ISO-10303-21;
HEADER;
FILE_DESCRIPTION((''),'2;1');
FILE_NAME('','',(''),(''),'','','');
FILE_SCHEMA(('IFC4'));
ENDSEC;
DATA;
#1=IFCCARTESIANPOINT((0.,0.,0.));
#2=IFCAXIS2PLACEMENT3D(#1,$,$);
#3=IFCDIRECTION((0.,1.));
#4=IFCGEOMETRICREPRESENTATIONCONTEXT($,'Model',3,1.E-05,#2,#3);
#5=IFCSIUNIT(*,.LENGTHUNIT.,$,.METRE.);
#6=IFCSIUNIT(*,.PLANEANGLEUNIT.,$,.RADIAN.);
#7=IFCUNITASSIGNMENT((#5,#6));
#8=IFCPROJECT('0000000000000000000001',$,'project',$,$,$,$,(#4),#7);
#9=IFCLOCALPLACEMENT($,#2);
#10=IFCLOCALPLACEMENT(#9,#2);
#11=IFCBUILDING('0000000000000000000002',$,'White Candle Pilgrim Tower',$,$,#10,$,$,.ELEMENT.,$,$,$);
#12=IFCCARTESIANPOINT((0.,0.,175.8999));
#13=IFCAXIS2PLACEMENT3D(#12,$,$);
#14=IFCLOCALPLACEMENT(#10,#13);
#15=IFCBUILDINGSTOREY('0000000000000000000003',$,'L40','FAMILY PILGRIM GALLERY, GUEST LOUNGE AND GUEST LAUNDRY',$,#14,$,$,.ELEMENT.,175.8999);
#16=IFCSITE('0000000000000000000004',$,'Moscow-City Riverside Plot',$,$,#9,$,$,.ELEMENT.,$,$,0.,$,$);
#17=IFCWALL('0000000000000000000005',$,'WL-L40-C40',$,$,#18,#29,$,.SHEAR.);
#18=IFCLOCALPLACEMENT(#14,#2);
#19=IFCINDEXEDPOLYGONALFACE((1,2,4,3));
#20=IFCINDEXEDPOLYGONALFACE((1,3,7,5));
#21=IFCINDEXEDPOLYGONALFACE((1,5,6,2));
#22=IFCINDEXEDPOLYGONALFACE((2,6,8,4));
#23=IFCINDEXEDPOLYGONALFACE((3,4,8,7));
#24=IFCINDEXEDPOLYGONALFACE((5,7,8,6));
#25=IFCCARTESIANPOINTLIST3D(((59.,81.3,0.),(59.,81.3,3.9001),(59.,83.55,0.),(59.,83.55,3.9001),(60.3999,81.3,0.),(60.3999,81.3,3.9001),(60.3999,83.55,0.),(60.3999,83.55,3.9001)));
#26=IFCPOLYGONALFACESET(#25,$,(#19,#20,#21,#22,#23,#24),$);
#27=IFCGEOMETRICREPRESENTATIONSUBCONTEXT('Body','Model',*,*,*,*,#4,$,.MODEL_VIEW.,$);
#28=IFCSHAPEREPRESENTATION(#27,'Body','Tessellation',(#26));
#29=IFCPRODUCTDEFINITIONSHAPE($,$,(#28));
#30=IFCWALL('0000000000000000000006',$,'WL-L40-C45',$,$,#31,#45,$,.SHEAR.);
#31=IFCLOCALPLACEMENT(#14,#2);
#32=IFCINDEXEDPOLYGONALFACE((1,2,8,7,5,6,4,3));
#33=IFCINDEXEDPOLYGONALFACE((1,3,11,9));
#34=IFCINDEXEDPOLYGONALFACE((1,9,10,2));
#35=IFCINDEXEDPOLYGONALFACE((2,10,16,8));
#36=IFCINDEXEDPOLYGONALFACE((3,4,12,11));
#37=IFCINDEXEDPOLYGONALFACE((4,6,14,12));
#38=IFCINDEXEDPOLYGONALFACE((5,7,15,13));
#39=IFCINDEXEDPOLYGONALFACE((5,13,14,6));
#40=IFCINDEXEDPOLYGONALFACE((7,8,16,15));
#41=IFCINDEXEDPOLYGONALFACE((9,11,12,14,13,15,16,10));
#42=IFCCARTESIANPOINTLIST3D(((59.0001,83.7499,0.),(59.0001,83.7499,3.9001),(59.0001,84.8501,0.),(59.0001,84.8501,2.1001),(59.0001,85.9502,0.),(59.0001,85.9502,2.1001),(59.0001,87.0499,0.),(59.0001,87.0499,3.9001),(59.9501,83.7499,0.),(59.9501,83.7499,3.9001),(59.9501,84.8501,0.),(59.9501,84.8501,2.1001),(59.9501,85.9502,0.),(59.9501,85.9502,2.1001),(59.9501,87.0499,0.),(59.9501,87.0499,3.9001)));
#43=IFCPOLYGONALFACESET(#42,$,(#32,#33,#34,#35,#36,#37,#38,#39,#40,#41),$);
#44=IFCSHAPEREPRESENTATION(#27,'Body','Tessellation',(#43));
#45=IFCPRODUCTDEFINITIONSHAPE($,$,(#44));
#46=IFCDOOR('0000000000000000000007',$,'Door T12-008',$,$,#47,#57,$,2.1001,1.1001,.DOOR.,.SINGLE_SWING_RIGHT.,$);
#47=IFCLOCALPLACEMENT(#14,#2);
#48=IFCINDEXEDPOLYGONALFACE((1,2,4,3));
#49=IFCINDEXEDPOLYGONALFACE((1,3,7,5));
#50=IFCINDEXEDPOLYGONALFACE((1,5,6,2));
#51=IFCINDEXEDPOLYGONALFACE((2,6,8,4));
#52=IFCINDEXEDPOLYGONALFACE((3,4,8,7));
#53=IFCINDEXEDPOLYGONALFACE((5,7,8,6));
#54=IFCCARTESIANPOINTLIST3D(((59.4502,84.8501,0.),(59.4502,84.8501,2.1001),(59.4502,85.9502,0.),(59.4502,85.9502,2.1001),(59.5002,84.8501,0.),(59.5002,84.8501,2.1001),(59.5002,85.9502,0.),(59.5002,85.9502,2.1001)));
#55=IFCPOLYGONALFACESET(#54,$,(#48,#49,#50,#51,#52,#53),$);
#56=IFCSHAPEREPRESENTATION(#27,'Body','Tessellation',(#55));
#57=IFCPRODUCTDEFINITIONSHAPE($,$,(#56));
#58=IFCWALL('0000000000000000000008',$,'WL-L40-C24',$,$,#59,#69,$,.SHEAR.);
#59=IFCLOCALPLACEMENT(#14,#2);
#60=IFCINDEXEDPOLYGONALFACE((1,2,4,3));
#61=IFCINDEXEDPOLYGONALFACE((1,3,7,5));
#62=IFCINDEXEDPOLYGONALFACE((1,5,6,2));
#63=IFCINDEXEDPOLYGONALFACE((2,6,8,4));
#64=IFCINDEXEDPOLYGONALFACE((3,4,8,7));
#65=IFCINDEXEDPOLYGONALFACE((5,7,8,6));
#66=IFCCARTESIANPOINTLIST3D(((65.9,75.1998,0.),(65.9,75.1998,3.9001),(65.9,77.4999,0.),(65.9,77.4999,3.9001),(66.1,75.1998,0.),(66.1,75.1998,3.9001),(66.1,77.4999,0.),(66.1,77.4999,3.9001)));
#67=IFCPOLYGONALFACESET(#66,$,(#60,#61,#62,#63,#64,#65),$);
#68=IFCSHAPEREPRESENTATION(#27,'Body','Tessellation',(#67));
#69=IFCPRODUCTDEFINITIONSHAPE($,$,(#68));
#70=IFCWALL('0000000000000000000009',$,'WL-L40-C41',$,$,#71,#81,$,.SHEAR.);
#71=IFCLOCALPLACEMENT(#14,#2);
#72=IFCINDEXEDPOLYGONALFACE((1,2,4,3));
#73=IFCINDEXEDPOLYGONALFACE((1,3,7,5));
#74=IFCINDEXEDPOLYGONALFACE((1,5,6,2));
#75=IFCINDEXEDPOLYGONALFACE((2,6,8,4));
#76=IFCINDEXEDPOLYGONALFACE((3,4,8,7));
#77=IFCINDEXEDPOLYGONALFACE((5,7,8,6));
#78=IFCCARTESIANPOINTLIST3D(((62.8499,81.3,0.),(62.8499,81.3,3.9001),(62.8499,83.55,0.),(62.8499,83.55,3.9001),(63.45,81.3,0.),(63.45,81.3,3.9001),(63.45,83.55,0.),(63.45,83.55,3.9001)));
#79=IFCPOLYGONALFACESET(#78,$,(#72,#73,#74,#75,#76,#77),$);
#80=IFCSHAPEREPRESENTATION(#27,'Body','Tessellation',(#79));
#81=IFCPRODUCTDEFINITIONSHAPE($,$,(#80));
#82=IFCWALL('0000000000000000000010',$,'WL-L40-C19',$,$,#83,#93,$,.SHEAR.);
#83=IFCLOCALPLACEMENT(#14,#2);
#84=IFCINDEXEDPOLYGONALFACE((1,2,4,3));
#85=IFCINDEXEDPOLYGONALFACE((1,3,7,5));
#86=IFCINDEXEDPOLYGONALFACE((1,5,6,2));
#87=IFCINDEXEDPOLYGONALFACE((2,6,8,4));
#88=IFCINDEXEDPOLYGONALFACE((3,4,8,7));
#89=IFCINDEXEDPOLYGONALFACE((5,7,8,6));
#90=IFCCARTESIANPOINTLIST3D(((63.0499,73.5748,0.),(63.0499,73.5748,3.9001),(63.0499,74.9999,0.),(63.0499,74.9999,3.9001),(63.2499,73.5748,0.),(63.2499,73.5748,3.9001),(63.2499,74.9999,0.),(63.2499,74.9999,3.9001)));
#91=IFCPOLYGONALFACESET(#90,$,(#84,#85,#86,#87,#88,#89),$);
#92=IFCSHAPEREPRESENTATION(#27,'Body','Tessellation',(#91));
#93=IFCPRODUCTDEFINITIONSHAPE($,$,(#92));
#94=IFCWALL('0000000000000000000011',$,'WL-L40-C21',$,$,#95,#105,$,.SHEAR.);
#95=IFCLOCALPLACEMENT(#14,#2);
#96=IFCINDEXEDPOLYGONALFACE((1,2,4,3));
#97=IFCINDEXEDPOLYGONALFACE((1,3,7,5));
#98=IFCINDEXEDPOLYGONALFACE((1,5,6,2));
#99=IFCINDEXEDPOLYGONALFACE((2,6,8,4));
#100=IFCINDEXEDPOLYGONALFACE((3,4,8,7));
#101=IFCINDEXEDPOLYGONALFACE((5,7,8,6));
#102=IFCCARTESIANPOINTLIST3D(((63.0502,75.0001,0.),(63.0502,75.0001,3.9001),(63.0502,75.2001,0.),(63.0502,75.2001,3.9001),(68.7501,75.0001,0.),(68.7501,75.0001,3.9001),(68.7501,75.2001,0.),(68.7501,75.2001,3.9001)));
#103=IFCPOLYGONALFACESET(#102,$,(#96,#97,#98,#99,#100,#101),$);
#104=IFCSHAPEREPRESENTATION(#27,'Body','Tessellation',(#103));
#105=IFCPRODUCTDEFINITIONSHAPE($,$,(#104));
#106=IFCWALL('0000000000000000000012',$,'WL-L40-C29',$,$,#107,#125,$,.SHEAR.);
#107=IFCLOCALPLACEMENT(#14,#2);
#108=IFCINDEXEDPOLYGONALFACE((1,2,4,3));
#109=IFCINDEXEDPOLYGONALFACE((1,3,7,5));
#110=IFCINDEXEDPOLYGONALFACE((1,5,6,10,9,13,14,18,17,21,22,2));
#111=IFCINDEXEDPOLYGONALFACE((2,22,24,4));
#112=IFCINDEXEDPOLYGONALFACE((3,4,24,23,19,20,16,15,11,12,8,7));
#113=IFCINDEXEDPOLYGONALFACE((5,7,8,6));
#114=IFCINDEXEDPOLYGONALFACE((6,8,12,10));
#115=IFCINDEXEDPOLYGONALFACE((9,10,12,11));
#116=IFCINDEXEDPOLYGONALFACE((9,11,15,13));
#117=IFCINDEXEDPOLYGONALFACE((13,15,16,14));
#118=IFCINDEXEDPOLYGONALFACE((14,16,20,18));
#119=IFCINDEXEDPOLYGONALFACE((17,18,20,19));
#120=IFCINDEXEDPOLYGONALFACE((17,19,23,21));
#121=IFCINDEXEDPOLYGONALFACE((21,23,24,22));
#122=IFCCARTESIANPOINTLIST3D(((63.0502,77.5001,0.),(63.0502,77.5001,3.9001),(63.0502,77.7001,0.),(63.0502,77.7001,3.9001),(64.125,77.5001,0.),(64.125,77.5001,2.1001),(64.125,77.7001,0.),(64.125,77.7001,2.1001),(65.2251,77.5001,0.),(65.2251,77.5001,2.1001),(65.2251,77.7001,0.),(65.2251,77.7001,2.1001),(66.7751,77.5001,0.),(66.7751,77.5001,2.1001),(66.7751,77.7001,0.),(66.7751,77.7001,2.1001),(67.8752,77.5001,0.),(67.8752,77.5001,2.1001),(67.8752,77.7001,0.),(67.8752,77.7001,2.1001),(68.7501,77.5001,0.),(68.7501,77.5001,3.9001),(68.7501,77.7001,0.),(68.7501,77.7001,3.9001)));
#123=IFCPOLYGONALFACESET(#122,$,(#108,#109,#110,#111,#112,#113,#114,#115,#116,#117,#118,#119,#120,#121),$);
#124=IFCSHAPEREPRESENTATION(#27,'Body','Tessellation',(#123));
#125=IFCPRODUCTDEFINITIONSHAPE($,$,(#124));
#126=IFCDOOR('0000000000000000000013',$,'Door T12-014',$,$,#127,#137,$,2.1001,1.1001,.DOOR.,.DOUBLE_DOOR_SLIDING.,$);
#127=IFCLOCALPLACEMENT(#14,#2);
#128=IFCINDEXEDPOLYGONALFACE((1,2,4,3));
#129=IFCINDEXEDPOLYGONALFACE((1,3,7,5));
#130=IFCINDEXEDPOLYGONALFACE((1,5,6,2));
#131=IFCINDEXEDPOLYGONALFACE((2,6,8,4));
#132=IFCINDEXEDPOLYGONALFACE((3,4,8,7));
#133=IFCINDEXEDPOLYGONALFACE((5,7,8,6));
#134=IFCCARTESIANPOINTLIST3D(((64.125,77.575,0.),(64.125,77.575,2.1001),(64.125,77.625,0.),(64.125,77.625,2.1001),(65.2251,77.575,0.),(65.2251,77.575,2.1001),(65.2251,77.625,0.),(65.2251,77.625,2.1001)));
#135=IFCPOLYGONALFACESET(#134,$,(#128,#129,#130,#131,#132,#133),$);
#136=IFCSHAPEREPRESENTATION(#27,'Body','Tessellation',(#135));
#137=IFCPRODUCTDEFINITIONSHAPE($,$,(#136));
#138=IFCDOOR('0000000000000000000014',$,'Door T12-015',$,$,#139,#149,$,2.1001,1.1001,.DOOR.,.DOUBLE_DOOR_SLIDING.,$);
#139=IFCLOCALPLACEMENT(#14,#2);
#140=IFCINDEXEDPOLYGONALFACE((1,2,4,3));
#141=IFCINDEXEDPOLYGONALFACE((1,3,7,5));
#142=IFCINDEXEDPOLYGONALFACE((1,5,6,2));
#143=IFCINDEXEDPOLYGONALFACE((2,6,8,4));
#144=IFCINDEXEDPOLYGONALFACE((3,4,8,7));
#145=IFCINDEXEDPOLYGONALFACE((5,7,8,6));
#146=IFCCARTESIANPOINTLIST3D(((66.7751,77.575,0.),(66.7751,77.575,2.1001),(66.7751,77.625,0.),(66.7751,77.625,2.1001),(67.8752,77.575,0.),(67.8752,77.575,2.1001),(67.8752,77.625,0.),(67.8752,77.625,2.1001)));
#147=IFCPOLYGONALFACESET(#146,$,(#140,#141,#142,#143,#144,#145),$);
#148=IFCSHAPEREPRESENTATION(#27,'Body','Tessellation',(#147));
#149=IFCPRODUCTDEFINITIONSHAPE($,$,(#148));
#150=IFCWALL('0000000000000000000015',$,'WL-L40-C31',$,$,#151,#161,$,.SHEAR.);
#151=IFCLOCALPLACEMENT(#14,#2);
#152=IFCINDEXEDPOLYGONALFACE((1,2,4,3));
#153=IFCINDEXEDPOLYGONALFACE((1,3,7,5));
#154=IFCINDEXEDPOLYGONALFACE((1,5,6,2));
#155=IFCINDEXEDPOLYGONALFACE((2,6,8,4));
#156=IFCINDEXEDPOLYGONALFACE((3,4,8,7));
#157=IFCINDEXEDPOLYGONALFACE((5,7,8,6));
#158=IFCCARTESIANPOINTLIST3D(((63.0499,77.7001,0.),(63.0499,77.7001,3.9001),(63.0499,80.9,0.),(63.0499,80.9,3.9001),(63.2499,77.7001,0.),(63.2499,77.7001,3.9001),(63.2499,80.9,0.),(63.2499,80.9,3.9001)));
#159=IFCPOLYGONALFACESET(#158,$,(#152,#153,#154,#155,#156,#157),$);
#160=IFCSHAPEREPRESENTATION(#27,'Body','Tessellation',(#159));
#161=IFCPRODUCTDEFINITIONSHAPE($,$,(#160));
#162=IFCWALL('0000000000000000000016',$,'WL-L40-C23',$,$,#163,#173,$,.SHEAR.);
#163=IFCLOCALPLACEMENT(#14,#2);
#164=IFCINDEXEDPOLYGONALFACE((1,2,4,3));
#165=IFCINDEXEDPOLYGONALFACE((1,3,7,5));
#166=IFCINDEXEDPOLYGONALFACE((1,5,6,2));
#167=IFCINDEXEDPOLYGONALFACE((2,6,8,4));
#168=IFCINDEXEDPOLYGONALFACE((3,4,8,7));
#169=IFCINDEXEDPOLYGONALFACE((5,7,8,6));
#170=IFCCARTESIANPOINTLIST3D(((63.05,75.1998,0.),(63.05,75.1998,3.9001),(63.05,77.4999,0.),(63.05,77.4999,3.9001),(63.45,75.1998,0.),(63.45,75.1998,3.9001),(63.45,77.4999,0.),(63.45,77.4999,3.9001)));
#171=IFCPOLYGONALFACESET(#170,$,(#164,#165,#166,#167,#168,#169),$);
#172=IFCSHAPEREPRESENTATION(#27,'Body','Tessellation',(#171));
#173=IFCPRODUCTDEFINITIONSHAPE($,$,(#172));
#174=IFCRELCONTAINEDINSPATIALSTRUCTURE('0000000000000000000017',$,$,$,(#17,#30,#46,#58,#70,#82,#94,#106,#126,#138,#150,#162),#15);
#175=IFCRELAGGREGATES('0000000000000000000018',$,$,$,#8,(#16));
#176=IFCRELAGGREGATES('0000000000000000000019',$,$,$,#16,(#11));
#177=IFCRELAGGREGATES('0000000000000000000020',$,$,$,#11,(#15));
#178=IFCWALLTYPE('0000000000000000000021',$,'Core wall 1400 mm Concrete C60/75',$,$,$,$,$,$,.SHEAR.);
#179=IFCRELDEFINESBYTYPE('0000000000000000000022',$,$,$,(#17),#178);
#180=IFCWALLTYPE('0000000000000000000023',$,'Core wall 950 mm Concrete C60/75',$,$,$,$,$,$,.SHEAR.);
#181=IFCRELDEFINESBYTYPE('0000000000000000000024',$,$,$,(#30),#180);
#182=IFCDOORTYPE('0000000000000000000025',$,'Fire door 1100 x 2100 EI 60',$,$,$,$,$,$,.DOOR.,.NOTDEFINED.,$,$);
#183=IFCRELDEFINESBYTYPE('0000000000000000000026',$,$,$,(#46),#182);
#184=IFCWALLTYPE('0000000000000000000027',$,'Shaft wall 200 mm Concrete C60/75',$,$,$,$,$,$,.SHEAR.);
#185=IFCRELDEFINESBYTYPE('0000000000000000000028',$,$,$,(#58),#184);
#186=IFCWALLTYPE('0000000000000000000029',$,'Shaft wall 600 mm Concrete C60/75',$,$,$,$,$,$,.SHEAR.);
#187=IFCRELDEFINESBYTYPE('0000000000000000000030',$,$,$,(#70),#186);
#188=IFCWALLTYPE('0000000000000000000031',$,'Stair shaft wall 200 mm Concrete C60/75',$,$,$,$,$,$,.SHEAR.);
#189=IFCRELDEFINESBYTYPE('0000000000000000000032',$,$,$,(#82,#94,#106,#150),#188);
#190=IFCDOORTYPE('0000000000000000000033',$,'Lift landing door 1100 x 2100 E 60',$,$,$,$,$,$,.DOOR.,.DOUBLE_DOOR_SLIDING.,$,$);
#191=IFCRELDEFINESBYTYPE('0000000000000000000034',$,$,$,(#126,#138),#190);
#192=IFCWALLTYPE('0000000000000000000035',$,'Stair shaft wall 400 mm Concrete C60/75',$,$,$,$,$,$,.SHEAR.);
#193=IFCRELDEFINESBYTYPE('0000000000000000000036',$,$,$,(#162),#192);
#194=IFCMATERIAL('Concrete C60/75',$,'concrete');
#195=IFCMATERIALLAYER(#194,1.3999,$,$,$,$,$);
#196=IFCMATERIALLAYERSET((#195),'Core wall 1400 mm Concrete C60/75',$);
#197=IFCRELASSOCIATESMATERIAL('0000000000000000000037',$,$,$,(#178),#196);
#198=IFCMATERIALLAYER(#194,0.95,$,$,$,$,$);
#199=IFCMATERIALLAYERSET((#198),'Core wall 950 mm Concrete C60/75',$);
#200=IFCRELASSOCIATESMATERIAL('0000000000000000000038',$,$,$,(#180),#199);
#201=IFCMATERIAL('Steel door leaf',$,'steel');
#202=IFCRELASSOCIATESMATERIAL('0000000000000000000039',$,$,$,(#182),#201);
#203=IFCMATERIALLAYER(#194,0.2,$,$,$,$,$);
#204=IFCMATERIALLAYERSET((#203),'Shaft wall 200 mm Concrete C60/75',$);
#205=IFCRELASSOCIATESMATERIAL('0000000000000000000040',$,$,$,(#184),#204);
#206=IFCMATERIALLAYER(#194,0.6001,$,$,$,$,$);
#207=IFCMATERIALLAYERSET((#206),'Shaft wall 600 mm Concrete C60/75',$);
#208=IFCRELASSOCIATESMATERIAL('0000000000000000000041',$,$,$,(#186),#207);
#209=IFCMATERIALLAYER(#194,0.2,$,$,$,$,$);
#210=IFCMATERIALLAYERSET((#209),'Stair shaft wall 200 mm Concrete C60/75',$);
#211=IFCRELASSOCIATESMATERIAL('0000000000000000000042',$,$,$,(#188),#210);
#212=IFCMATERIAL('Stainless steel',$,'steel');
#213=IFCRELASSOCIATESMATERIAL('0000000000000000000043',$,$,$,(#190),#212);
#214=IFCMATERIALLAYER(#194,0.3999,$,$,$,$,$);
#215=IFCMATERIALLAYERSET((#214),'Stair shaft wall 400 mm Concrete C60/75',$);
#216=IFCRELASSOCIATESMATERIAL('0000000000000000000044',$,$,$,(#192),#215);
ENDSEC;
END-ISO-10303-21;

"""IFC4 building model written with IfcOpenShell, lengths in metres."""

from ifc_helpers import new_model, si_unit, direction, frame, frame_2d, origin, place, context, subcontext, project, spatial, rectangle, extrude, material, layer, layer_set, type_object, element, fill, save


model = new_model("IFC4")

# Units and contexts
model_context = context("Model", 3, precision=1e-05, world=origin(), true_north=direction((0.0, 1.0)))
body_context = subcontext(model_context, "Body", "Model", "MODEL_VIEW")
ifc_project = project(units=[si_unit("LENGTHUNIT", "METRE"), si_unit("PLANEANGLEUNIT", "RADIAN")], contexts=[model_context])

# Site, building, storey
site_placement = place(None, origin())
site = spatial("IfcSite", under=ifc_project, at=site_placement, Name="Moscow-City Riverside Plot", CompositionType="ELEMENT", RefElevation=0.0)
building_placement = place(site_placement, origin())
building = spatial("IfcBuilding", under=site, at=building_placement, Name="White Candle Pilgrim Tower", CompositionType="ELEMENT")
storey_placement = place(building_placement, frame((0.0, 0.0, 175.8999)))
storey = spatial("IfcBuildingStorey", under=building, at=storey_placement, Name="L40", Description="FAMILY PILGRIM GALLERY, GUEST LOUNGE AND GUEST LAUNDRY", CompositionType="ELEMENT", Elevation=175.8999)

# Wall
ifc_material_1 = material(Name="Concrete C60/75", Category="concrete")
ifc_layer_1 = layer(ifc_material_1, 1.3999)
ifc_layer_set_1 = layer_set([ifc_layer_1], Name="Core wall 1400 mm Concrete C60/75")
wall_type_1 = type_object("IfcWallType", Name="Core wall 1400 mm Concrete C60/75", PredefinedType="SHEAR", material=ifc_layer_set_1)
wall_1_placement = place(storey_placement, frame((59.7, 81.3, 0.0), z_axis=(0.0, 0.0, 1.0), x_axis=(0.0, 1.0, 0.0)))
element("IfcWall", 1, at=wall_1_placement, inside=storey, type_object=wall_type_1, Name="WL-L40-C40", PredefinedType="SHEAR", context=body_context, shape_type="SweptSolid", body=[
    extrude(rectangle(XDim=2.25, YDim=1.3999, at=frame_2d((1.125, 0.0))), origin(), (0.0, 0.0, 1.0), 3.9001),
])

# Wall, opening, door
ifc_layer_2 = layer(ifc_material_1, 0.95)
ifc_layer_set_2 = layer_set([ifc_layer_2], Name="Core wall 950 mm Concrete C60/75")
wall_type_2 = type_object("IfcWallType", Name="Core wall 950 mm Concrete C60/75", PredefinedType="SHEAR", material=ifc_layer_set_2)
wall_2_placement = place(storey_placement, frame((59.4751, 83.75, 0.0), z_axis=(0.0, 0.0, 1.0), x_axis=(0.0, 1.0, 0.0)))
wall_2 = element("IfcWall", 2, at=wall_2_placement, inside=storey, type_object=wall_type_2, Name="WL-L40-C45", PredefinedType="SHEAR", context=body_context, shape_type="SweptSolid", body=[
    extrude(rectangle(XDim=3.3, YDim=0.95, at=frame_2d((1.6499, 0.0))), origin(), (0.0, 0.0, 1.0), 3.9001),
])
opening_1_placement = place(wall_2_placement, frame((1.1001, 0.0, 0.0)))
opening_1 = element("IfcOpeningElement", 3, at=opening_1_placement, cuts=wall_2, PredefinedType="OPENING", context=body_context, shape_type="SweptSolid", body=[
    extrude(rectangle(XDim=1.1001, YDim=2.1001, at=frame_2d((0.55, 1.05))), frame((0.0, 0.4849, 0.0), z_axis=(0.0, -1.0, 0.0), x_axis=(1.0, 0.0, 0.0)), (0.0, 0.0, 1.0), 0.97),
])
ifc_material_2 = material(Name="Steel door leaf", Category="steel")
door_type_1 = type_object("IfcDoorType", Name="Fire door 1100 x 2100 EI 60", OperationType="NOTDEFINED", PredefinedType="DOOR", material=ifc_material_2)
door_1_placement = place(opening_1_placement, origin())
door_1 = element("IfcDoor", 4, at=door_1_placement, inside=storey, type_object=door_type_1, Name="Door T12-008", OperationType="SINGLE_SWING_RIGHT", OverallHeight=2.1001, OverallWidth=1.1001, PredefinedType="DOOR", context=body_context, shape_type="SweptSolid", body=[
    extrude(rectangle(XDim=1.1001, YDim=2.1001, at=frame_2d((0.55, 1.05))), frame((0.0, 0.0249, 0.0), z_axis=(0.0, -1.0, 0.0), x_axis=(1.0, 0.0, 0.0)), (0.0, 0.0, 1.0), 0.05),
])
fill(opening_1, door_1)

# Walls
ifc_layer_3 = layer(ifc_material_1, 0.2)
ifc_layer_set_3 = layer_set([ifc_layer_3], Name="Shaft wall 200 mm Concrete C60/75")
wall_type_3 = type_object("IfcWallType", Name="Shaft wall 200 mm Concrete C60/75", PredefinedType="SHEAR", material=ifc_layer_set_3)
wall_3_placement = place(storey_placement, frame((66.0, 75.2, 0.0), z_axis=(0.0, 0.0, 1.0), x_axis=(0.0, 1.0, 0.0)))
element("IfcWall", 5, at=wall_3_placement, inside=storey, type_object=wall_type_3, Name="WL-L40-C24", PredefinedType="SHEAR", context=body_context, shape_type="SweptSolid", body=[
    extrude(rectangle(XDim=2.3, YDim=0.2, at=frame_2d((1.1499, 0.0))), origin(), (0.0, 0.0, 1.0), 3.9001),
])
ifc_layer_4 = layer(ifc_material_1, 0.6001)
ifc_layer_set_4 = layer_set([ifc_layer_4], Name="Shaft wall 600 mm Concrete C60/75")
wall_type_4 = type_object("IfcWallType", Name="Shaft wall 600 mm Concrete C60/75", PredefinedType="SHEAR", material=ifc_layer_set_4)
wall_4_placement = place(storey_placement, frame((63.1499, 81.3, 0.0), z_axis=(0.0, 0.0, 1.0), x_axis=(0.0, 1.0, 0.0)))
element("IfcWall", 6, at=wall_4_placement, inside=storey, type_object=wall_type_4, Name="WL-L40-C41", PredefinedType="SHEAR", context=body_context, shape_type="SweptSolid", body=[
    extrude(rectangle(XDim=2.25, YDim=0.6001, at=frame_2d((1.125, 0.0))), origin(), (0.0, 0.0, 1.0), 3.9001),
])
ifc_layer_5 = layer(ifc_material_1, 0.2)
ifc_layer_set_5 = layer_set([ifc_layer_5], Name="Stair shaft wall 200 mm Concrete C60/75")
wall_type_5 = type_object("IfcWallType", Name="Stair shaft wall 200 mm Concrete C60/75", PredefinedType="SHEAR", material=ifc_layer_set_5)
wall_5_placement = place(storey_placement, frame((63.1499, 73.575, 0.0), z_axis=(0.0, 0.0, 1.0), x_axis=(0.0, 1.0, 0.0)))
element("IfcWall", 7, at=wall_5_placement, inside=storey, type_object=wall_type_5, Name="WL-L40-C19", PredefinedType="SHEAR", context=body_context, shape_type="SweptSolid", body=[
    extrude(rectangle(XDim=1.425, YDim=0.2, at=frame_2d((0.7124, 0.0))), origin(), (0.0, 0.0, 1.0), 3.9001),
])
wall_6_placement = place(storey_placement, frame((63.05, 75.1001, 0.0), z_axis=(0.0, 0.0, 1.0), x_axis=(1.0, 0.0, 0.0)))
element("IfcWall", 8, at=wall_6_placement, inside=storey, type_object=wall_type_5, Name="WL-L40-C21", PredefinedType="SHEAR", context=body_context, shape_type="SweptSolid", body=[
    extrude(rectangle(XDim=5.7, YDim=0.2, at=frame_2d((2.8501, 0.0))), origin(), (0.0, 0.0, 1.0), 3.9001),
])

# Wall, openings, doors
wall_7_placement = place(storey_placement, frame((63.05, 77.6001, 0.0), z_axis=(0.0, 0.0, 1.0), x_axis=(1.0, 0.0, 0.0)))
wall_7 = element("IfcWall", 9, at=wall_7_placement, inside=storey, type_object=wall_type_5, Name="WL-L40-C29", PredefinedType="SHEAR", context=body_context, shape_type="SweptSolid", body=[
    extrude(rectangle(XDim=5.7, YDim=0.2, at=frame_2d((2.8501, 0.0))), origin(), (0.0, 0.0, 1.0), 3.9001),
])
opening_2_placement = place(wall_7_placement, frame((1.075, 0.0, 0.0)))
opening_2 = element("IfcOpeningElement", 10, at=opening_2_placement, cuts=wall_7, PredefinedType="OPENING", context=body_context, shape_type="SweptSolid", body=[
    extrude(rectangle(XDim=1.1001, YDim=2.1001, at=frame_2d((0.55, 1.05))), frame((0.0, 0.1099, 0.0), z_axis=(0.0, -1.0, 0.0), x_axis=(1.0, 0.0, 0.0)), (0.0, 0.0, 1.0), 0.22),
])
opening_3_placement = place(wall_7_placement, frame((3.7251, 0.0, 0.0)))
opening_3 = element("IfcOpeningElement", 11, at=opening_3_placement, cuts=wall_7, PredefinedType="OPENING", context=body_context, shape_type="SweptSolid", body=[
    extrude(rectangle(XDim=1.1001, YDim=2.1001, at=frame_2d((0.55, 1.05))), frame((0.0, 0.1099, 0.0), z_axis=(0.0, -1.0, 0.0), x_axis=(1.0, 0.0, 0.0)), (0.0, 0.0, 1.0), 0.22),
])
ifc_material_3 = material(Name="Stainless steel", Category="steel")
door_type_2 = type_object("IfcDoorType", Name="Lift landing door 1100 x 2100 E 60", OperationType="DOUBLE_DOOR_SLIDING", PredefinedType="DOOR", material=ifc_material_3)
door_2_placement = place(opening_2_placement, origin())
door_2 = element("IfcDoor", 12, at=door_2_placement, inside=storey, type_object=door_type_2, Name="Door T12-014", OperationType="DOUBLE_DOOR_SLIDING", OverallHeight=2.1001, OverallWidth=1.1001, PredefinedType="DOOR", context=body_context, shape_type="SweptSolid", body=[
    extrude(rectangle(XDim=1.1001, YDim=2.1001, at=frame_2d((0.55, 1.05))), frame((0.0, 0.0249, 0.0), z_axis=(0.0, -1.0, 0.0), x_axis=(1.0, 0.0, 0.0)), (0.0, 0.0, 1.0), 0.05),
])
fill(opening_2, door_2)
door_3_placement = place(opening_3_placement, origin())
door_3 = element("IfcDoor", 13, at=door_3_placement, inside=storey, type_object=door_type_2, Name="Door T12-015", OperationType="DOUBLE_DOOR_SLIDING", OverallHeight=2.1001, OverallWidth=1.1001, PredefinedType="DOOR", context=body_context, shape_type="SweptSolid", body=[
    extrude(rectangle(XDim=1.1001, YDim=2.1001, at=frame_2d((0.55, 1.05))), frame((0.0, 0.0249, 0.0), z_axis=(0.0, -1.0, 0.0), x_axis=(1.0, 0.0, 0.0)), (0.0, 0.0, 1.0), 0.05),
])
fill(opening_3, door_3)

# Walls
wall_8_placement = place(storey_placement, frame((63.1499, 77.7, 0.0), z_axis=(0.0, 0.0, 1.0), x_axis=(0.0, 1.0, 0.0)))
element("IfcWall", 14, at=wall_8_placement, inside=storey, type_object=wall_type_5, Name="WL-L40-C31", PredefinedType="SHEAR", context=body_context, shape_type="SweptSolid", body=[
    extrude(rectangle(XDim=3.2, YDim=0.2, at=frame_2d((1.6001, 0.0))), origin(), (0.0, 0.0, 1.0), 3.9001),
])
ifc_layer_6 = layer(ifc_material_1, 0.3999)
ifc_layer_set_6 = layer_set([ifc_layer_6], Name="Stair shaft wall 400 mm Concrete C60/75")
wall_type_6 = type_object("IfcWallType", Name="Stair shaft wall 400 mm Concrete C60/75", PredefinedType="SHEAR", material=ifc_layer_set_6)
wall_9_placement = place(storey_placement, frame((63.25, 75.2, 0.0), z_axis=(0.0, 0.0, 1.0), x_axis=(0.0, 1.0, 0.0)))
element("IfcWall", 15, at=wall_9_placement, inside=storey, type_object=wall_type_6, Name="WL-L40-C23", PredefinedType="SHEAR", context=body_context, shape_type="SweptSolid", body=[
    extrude(rectangle(XDim=2.3, YDim=0.3999, at=frame_2d((1.1499, 0.0))), origin(), (0.0, 0.0, 1.0), 3.9001),
])

save(model, "model.ifc")
